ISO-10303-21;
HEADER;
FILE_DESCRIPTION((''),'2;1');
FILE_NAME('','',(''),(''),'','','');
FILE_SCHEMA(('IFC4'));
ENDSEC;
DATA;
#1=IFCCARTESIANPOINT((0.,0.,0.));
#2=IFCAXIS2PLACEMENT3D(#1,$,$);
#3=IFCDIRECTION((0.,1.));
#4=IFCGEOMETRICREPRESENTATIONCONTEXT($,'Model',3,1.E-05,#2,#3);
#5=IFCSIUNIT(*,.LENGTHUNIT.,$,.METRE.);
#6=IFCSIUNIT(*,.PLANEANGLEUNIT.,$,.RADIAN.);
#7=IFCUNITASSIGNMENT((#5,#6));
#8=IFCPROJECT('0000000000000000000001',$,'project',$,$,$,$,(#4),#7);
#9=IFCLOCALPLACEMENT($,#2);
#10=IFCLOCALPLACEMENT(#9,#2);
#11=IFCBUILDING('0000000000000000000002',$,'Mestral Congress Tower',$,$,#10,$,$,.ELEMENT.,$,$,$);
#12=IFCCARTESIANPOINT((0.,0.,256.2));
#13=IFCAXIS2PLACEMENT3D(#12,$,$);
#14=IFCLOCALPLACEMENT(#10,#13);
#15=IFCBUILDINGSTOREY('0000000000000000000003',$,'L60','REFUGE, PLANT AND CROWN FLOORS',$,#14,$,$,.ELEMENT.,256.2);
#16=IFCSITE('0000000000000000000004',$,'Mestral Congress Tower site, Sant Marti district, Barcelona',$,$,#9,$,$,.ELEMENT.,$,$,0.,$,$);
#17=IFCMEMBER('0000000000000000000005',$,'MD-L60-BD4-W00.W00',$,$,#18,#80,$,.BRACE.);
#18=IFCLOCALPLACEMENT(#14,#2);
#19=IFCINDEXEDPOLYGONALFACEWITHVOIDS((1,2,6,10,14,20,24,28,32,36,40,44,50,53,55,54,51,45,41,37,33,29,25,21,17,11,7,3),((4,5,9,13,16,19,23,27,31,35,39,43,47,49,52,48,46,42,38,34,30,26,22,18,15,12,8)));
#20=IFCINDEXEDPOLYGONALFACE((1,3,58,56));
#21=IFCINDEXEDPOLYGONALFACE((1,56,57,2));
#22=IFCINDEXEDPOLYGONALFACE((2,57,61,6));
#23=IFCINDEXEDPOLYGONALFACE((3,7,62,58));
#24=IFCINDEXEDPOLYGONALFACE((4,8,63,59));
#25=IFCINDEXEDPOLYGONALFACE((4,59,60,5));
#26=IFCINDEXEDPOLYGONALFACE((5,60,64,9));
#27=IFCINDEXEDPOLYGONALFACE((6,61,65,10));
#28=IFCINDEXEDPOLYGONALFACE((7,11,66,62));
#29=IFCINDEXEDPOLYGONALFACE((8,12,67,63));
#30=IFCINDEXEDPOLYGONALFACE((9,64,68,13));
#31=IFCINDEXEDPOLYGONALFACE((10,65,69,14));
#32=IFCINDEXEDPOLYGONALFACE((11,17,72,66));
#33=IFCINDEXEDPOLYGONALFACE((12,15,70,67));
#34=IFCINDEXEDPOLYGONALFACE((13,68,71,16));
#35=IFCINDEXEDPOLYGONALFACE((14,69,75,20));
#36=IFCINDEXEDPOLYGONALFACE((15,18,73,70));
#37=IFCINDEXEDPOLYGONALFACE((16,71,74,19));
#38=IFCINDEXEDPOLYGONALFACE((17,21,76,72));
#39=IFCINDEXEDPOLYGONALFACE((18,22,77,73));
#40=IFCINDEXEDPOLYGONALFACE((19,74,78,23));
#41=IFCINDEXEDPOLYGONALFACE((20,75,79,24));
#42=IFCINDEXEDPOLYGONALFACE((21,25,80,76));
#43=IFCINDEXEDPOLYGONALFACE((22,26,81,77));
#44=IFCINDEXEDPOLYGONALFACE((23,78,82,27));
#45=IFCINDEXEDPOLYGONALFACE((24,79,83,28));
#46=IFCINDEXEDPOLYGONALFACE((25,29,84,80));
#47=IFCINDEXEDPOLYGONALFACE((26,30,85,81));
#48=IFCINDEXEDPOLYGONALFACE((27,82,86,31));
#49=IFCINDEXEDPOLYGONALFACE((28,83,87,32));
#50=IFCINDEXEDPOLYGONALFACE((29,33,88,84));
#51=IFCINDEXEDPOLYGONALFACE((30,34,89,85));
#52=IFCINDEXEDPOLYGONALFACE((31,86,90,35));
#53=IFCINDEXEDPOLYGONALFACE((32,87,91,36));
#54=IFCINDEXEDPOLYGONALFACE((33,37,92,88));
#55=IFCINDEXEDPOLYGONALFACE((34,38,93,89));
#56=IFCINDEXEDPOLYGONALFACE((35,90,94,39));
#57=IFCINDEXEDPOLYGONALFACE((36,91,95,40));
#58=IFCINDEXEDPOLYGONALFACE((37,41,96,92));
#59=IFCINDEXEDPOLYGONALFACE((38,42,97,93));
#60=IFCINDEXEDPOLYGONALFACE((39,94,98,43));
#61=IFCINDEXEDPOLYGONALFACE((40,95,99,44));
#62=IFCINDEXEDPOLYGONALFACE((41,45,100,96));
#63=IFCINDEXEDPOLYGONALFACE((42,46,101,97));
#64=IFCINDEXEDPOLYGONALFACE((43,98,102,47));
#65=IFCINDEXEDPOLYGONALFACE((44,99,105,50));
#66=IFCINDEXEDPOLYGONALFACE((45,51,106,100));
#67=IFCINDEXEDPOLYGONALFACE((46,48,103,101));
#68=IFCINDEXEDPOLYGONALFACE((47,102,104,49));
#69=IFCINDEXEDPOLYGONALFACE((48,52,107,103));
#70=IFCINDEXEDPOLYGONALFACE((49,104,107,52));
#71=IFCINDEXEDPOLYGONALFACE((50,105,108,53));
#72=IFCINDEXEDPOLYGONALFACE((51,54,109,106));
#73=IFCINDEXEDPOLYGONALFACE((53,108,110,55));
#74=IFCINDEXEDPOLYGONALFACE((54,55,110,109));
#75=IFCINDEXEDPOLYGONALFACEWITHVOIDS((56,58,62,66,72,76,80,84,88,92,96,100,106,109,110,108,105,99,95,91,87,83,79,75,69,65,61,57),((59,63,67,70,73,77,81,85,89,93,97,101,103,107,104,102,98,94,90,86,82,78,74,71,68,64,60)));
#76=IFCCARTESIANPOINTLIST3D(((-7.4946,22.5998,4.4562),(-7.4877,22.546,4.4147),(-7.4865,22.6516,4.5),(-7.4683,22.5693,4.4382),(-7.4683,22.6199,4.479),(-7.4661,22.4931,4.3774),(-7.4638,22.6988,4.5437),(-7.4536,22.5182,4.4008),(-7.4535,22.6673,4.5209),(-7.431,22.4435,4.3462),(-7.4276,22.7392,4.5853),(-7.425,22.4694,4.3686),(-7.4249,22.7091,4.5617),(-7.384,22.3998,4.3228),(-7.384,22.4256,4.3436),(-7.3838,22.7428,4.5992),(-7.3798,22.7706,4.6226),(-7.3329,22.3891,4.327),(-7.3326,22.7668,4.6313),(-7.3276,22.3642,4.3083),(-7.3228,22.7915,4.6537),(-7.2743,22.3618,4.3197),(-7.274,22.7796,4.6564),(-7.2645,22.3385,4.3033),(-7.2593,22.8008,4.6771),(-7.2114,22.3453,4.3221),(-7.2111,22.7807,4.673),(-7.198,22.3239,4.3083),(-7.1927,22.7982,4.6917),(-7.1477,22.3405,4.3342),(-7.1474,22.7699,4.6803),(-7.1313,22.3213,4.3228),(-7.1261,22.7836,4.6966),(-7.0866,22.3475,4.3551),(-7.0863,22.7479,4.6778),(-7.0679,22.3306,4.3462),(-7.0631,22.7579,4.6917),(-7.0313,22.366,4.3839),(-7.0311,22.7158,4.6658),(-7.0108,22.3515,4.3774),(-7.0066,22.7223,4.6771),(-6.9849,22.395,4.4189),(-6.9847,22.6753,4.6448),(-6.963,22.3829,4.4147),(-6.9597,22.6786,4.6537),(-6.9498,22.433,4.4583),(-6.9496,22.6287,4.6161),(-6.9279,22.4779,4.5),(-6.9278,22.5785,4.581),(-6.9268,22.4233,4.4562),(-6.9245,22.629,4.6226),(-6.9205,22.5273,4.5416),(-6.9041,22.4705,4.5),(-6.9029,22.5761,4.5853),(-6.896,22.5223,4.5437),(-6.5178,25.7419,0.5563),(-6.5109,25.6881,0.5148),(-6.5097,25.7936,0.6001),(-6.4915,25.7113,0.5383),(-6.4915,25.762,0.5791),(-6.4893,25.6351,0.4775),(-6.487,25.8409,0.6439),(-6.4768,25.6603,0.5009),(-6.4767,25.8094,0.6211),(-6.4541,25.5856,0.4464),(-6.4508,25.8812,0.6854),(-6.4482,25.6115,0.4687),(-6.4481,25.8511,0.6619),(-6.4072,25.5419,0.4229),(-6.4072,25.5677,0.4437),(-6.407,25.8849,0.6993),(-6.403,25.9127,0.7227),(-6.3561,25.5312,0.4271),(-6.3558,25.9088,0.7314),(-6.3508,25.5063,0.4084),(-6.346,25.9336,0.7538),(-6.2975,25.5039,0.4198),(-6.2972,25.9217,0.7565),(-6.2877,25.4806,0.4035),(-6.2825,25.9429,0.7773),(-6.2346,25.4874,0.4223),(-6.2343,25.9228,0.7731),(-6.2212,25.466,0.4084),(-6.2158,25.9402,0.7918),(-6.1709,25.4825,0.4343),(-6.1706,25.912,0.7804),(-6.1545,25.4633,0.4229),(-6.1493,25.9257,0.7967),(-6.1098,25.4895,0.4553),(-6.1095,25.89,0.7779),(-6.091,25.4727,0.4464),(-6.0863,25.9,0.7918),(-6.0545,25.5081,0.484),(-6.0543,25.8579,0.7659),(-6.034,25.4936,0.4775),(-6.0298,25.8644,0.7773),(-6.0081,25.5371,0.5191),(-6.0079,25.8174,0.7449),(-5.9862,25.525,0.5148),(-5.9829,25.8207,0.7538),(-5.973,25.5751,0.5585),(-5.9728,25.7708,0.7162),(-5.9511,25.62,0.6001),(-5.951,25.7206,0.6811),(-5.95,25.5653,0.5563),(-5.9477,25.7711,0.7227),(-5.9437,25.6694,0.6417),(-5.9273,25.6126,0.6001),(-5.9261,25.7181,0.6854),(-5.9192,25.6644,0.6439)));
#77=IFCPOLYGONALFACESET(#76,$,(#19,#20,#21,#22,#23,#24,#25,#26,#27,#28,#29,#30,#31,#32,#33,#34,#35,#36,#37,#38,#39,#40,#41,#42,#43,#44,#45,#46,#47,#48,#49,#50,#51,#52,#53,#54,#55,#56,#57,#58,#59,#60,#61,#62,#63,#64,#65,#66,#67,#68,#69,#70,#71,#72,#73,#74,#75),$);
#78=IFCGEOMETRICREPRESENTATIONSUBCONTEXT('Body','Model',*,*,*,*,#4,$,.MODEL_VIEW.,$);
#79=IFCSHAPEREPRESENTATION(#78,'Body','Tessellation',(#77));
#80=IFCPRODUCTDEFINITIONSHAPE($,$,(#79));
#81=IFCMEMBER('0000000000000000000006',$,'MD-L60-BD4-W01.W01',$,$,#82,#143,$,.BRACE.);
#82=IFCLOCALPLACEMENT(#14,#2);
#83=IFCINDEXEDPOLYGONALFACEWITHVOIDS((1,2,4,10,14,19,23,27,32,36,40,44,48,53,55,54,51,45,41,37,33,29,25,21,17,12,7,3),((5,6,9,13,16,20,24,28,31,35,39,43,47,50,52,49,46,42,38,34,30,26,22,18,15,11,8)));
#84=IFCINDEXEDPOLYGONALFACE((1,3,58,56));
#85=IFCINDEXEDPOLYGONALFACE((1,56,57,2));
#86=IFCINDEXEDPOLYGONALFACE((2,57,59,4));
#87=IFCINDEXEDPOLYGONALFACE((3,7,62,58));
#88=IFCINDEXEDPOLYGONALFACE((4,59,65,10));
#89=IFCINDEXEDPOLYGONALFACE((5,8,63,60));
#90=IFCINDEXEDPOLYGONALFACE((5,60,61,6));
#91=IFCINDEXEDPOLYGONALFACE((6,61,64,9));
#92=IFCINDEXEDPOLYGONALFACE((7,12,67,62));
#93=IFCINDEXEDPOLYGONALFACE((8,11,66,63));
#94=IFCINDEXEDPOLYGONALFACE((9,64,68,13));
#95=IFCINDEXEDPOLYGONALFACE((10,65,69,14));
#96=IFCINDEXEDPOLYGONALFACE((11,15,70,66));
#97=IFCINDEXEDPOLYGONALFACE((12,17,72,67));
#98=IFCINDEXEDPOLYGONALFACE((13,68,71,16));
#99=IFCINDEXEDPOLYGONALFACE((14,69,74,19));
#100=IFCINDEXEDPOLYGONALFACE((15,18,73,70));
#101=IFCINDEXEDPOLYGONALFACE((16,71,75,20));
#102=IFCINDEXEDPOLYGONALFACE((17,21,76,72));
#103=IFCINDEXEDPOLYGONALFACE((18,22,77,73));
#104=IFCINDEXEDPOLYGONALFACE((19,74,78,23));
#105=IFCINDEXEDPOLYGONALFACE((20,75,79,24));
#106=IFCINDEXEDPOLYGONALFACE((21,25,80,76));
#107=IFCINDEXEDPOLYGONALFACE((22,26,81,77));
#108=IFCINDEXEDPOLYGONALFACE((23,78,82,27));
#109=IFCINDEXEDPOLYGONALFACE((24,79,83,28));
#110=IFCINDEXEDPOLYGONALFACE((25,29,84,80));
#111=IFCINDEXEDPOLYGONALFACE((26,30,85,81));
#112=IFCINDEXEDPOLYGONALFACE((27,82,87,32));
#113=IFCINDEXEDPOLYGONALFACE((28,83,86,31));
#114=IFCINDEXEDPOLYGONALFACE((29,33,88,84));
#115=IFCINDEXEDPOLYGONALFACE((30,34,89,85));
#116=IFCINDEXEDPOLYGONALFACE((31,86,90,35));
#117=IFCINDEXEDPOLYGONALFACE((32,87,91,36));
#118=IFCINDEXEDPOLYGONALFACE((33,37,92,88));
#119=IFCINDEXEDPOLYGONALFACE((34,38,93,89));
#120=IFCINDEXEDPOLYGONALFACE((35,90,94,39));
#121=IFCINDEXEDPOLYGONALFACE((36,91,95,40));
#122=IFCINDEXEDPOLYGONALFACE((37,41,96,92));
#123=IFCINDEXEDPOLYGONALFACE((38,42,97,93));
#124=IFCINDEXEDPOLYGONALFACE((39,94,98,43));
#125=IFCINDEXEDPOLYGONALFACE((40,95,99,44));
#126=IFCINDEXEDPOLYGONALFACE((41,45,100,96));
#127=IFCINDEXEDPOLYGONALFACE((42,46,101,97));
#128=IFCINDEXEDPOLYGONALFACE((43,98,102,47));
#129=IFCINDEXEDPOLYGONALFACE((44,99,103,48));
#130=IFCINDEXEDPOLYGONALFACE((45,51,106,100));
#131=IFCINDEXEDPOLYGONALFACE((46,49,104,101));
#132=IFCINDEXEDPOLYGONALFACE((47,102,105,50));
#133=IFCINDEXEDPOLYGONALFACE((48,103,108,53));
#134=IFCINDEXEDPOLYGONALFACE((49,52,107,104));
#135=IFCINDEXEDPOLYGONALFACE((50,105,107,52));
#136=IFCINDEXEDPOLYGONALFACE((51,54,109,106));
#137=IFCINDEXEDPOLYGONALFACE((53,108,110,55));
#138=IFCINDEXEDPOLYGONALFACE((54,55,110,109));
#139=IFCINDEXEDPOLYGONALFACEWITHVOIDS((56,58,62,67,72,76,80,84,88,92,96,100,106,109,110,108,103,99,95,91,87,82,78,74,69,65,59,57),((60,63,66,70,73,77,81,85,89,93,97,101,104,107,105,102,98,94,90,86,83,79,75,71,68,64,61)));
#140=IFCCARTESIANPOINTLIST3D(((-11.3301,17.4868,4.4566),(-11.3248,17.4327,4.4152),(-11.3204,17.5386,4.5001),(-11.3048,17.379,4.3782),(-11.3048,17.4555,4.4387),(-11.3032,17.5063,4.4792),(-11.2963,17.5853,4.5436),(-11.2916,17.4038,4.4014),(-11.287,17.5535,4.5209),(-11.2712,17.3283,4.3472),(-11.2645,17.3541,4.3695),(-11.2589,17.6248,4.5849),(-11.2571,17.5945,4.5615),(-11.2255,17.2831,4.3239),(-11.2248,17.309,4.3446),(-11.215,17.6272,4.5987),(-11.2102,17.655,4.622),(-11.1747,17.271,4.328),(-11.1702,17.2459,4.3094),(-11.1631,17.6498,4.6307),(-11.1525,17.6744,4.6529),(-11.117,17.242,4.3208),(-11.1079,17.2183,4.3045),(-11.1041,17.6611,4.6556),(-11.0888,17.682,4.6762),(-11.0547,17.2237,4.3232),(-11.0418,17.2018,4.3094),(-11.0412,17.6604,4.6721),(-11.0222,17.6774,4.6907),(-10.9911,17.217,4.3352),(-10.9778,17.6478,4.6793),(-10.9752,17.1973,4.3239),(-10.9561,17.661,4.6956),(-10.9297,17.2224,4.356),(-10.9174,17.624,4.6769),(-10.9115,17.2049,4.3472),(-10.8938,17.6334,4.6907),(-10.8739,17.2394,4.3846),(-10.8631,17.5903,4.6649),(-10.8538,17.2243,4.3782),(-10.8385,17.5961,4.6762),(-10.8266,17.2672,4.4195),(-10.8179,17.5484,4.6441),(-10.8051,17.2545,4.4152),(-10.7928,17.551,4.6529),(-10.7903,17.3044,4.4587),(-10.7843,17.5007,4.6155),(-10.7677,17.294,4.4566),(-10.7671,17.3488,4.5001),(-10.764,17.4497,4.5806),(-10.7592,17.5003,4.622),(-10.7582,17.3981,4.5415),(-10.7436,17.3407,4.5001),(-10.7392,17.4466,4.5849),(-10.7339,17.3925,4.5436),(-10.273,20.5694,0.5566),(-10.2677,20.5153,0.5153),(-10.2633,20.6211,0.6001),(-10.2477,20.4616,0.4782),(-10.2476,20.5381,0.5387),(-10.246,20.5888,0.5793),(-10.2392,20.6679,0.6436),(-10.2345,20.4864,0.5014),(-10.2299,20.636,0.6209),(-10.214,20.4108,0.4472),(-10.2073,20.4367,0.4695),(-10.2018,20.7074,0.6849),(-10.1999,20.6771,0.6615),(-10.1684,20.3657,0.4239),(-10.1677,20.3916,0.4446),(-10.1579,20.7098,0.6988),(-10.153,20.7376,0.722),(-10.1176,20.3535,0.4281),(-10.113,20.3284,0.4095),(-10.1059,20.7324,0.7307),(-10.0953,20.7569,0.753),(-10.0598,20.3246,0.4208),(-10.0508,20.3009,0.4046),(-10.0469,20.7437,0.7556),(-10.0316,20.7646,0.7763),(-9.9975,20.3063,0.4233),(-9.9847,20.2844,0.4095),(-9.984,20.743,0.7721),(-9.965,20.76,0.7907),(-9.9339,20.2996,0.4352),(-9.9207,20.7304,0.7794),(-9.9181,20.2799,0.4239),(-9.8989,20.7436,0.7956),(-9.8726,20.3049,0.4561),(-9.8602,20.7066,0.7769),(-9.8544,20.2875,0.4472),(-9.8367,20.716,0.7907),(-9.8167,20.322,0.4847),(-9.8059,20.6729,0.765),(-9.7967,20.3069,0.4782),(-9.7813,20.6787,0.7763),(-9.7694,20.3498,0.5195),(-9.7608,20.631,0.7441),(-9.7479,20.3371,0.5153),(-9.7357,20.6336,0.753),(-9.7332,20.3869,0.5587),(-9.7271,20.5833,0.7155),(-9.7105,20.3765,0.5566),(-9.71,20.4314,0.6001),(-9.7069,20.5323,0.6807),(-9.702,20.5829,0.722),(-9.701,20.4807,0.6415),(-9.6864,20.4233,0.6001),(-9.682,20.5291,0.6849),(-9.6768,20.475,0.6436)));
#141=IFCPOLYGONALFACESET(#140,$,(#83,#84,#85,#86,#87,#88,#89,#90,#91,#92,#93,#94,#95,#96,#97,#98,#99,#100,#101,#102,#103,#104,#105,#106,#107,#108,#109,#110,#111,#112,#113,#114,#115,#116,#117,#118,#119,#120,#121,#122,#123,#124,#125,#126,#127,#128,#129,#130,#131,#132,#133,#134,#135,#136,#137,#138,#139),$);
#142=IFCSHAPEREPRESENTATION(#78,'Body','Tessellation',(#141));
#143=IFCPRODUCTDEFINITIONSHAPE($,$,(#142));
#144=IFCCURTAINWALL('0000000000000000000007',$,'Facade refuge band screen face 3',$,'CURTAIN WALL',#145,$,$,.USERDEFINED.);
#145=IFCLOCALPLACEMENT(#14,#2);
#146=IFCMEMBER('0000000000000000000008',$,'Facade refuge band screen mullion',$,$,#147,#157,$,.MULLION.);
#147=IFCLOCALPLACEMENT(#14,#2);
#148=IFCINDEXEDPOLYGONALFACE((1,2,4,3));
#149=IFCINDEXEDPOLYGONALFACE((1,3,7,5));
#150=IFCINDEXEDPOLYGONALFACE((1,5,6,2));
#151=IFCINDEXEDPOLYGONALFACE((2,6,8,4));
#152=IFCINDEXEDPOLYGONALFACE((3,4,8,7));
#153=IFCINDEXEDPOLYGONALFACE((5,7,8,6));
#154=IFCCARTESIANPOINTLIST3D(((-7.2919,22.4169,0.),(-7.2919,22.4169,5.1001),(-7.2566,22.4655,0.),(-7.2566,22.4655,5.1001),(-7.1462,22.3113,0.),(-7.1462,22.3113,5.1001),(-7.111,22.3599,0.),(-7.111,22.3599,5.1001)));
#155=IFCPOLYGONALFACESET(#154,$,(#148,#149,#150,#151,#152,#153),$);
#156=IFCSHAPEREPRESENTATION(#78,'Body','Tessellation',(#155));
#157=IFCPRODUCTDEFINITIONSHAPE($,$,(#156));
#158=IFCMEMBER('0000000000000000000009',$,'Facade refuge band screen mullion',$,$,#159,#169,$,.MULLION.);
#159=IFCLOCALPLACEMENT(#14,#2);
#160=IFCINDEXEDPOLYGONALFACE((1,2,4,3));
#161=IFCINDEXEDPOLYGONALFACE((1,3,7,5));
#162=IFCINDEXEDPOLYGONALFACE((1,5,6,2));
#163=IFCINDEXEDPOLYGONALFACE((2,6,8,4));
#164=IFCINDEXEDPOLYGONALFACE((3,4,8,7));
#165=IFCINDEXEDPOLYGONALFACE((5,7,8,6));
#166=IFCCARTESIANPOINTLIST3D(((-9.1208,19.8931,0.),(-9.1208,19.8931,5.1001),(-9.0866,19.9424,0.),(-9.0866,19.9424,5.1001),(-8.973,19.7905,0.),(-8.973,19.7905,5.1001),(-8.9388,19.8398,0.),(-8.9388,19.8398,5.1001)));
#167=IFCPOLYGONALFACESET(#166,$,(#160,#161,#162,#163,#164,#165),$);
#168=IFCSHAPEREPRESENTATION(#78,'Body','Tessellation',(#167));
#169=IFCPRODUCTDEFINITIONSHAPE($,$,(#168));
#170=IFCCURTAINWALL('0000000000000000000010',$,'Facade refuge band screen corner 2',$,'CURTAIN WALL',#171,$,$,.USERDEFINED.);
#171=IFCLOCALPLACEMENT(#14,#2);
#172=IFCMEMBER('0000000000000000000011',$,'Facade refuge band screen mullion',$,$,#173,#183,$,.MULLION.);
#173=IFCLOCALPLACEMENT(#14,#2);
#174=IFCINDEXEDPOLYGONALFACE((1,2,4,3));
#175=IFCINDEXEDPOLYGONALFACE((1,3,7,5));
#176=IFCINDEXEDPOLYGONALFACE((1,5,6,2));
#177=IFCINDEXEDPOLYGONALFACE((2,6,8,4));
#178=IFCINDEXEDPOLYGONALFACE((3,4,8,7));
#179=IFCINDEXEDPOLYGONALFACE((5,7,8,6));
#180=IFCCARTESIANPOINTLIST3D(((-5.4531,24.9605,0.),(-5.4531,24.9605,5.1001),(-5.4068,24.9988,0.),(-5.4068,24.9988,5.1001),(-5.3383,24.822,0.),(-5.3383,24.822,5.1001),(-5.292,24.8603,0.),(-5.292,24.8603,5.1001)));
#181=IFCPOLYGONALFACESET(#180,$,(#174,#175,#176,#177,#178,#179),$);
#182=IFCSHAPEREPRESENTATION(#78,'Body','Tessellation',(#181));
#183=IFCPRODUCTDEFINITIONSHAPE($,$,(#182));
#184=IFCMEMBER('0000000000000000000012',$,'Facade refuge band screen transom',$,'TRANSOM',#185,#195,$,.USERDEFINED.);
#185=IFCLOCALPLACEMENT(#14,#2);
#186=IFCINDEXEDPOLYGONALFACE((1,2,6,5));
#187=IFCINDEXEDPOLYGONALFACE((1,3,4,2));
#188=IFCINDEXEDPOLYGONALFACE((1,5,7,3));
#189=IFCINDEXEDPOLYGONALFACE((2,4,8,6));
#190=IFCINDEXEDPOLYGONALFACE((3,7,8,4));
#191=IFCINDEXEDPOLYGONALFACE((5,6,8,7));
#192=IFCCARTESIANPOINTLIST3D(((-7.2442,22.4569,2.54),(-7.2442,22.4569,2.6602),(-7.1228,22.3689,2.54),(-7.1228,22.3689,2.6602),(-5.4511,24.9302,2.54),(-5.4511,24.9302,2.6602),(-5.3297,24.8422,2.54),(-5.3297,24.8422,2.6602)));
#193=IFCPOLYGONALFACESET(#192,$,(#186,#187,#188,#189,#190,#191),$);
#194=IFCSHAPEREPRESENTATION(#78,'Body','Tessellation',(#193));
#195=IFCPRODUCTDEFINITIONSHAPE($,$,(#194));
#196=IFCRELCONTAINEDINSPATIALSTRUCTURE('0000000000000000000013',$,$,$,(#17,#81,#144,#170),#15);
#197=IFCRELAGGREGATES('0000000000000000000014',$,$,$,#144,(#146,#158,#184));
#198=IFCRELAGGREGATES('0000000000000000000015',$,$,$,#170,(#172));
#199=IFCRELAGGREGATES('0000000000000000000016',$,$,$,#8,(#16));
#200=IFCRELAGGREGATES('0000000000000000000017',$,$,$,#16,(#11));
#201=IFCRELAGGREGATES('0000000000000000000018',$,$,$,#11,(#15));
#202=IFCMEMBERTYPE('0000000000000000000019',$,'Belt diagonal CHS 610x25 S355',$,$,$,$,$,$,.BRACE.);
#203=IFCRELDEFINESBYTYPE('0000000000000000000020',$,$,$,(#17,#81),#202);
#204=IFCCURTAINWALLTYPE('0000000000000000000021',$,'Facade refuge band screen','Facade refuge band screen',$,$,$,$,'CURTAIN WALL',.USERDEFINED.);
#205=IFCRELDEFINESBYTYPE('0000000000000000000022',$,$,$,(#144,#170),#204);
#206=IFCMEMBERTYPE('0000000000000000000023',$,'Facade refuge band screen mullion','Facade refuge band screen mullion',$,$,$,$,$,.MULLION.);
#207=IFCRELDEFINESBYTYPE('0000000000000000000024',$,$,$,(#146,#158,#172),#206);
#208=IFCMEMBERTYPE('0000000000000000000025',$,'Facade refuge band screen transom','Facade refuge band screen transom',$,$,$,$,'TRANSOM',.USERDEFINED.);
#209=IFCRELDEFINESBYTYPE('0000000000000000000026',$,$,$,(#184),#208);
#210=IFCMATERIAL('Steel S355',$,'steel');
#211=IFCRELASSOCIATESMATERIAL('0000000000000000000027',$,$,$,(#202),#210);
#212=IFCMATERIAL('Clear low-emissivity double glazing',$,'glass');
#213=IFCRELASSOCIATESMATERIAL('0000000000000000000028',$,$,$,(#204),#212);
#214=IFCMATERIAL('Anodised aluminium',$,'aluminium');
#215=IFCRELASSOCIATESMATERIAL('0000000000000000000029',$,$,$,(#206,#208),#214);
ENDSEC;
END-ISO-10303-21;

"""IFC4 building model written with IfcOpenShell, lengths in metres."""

from ifc_helpers import new_model, si_unit, direction, frame, origin, origin_2d, place, context, subcontext, project, spatial, rectangle, hollow_circle, extrude, material, material_profile, profile_set, type_object, element, aggregate, save


model = new_model("IFC4")

# Units and contexts
model_context = context("Model", 3, precision=1e-05, world=origin(), true_north=direction((0.0, 1.0)))
body_context = subcontext(model_context, "Body", "Model", "MODEL_VIEW")
ifc_project = project(units=[si_unit("LENGTHUNIT", "METRE"), si_unit("PLANEANGLEUNIT", "RADIAN")], contexts=[model_context])

# Site, building, storey
site_placement = place(None, origin())
site = spatial("IfcSite", under=ifc_project, at=site_placement, Name="Mestral Congress Tower site, Sant Marti district, Barcelona", CompositionType="ELEMENT", RefElevation=0.0)
building_placement = place(site_placement, origin())
building = spatial("IfcBuilding", under=site, at=building_placement, Name="Mestral Congress Tower", CompositionType="ELEMENT")
storey_placement = place(building_placement, frame((0.0, 0.0, 256.2)))
storey = spatial("IfcBuildingStorey", under=building, at=storey_placement, Name="L60", Description="REFUGE, PLANT AND CROWN FLOORS", CompositionType="ELEMENT", Elevation=256.2)

# Members
ifc_material_1 = material(Name="Steel S355", Category="steel")
ifc_material_profile_1 = material_profile(ifc_material_1, hollow_circle(Radius=0.3049, WallThickness=0.0249, at=origin_2d()), Name="CHS 610x25")
ifc_profile_set_1 = profile_set([ifc_material_profile_1], Name="Steel S355")
member_type_1 = type_object("IfcMemberType", Name="Belt diagonal CHS 610x25 S355", PredefinedType="BRACE", material=ifc_profile_set_1)
member_1_placement = place(storey_placement, frame((-6.2185, 25.7031, 0.6001), z_axis=(-0.191435, -0.615787, 0.764303), x_axis=(0.95492, -0.296864, 0.0)))
element("IfcMember", 1, at=member_1_placement, inside=storey, type_object=member_type_1, Name="MD-L60-BD4-W00.W00", PredefinedType="BRACE", context=body_context, shape_type="SweptSolid", body=[
    extrude(hollow_circle(Radius=0.3049, WallThickness=0.0249, at=origin_2d()), origin(), (0.0, 0.0, 1.0), 5.1025),
])
member_2_placement = place(storey_placement, frame((-9.9749, 20.5222, 0.6001), z_axis=(-0.208006, -0.606533, 0.767366), x_axis=(0.945921, -0.324397, 0.0)))
element("IfcMember", 2, at=member_2_placement, inside=storey, type_object=member_type_1, Name="MD-L60-BD4-W01.W01", PredefinedType="BRACE", context=body_context, shape_type="SweptSolid", body=[
    extrude(hollow_circle(Radius=0.3049, WallThickness=0.0249, at=origin_2d()), origin(), (0.0, 0.0, 1.0), 5.0823),
])

# Curtain wall, members
ifc_material_2 = material(Name="Clear low-emissivity double glazing", Category="glass")
curtain_wall_type = type_object("IfcCurtainWallType", Name="Facade refuge band screen", Description="Facade refuge band screen", ElementType="CURTAIN WALL", PredefinedType="USERDEFINED", material=ifc_material_2)
placement = place(storey_placement, origin())
curtain_wall_1 = element("IfcCurtainWall", 3, at=placement, inside=storey, type_object=curtain_wall_type, Name="Facade refuge band screen face 3", ObjectType="CURTAIN WALL", PredefinedType="USERDEFINED")
ifc_material_3 = material(Name="Anodised aluminium", Category="aluminium")
ifc_material_profile_2 = material_profile(ifc_material_3, rectangle(XDim=0.1799, YDim=0.0601, at=origin_2d()), Name="CW3 mullion 180 x 60")
ifc_profile_set_2 = profile_set([ifc_material_profile_2], Name="Anodised aluminium")
member_type_2 = type_object("IfcMemberType", Name="Facade refuge band screen mullion", Description="Facade refuge band screen mullion", PredefinedType="MULLION", material=ifc_profile_set_2)
member_3_placement = place(storey_placement, frame((-7.2014, 22.3884, 0.0), z_axis=(0.0, 0.0, 1.0), x_axis=(-0.80958, 0.58701, 0.0)))
member_3 = element("IfcMember", 4, at=member_3_placement, type_object=member_type_2, Name="Facade refuge band screen mullion", PredefinedType="MULLION", context=body_context, shape_type="SweptSolid", body=[
    extrude(rectangle(XDim=0.1799, YDim=0.0601, at=origin_2d()), origin(), (0.0, 0.0, 1.0), 5.1001),
])
member_4_placement = place(storey_placement, frame((-9.0298, 19.8665, 0.0), z_axis=(0.0, 0.0, 1.0), x_axis=(-0.821586, 0.570084, 0.0)))
member_4 = element("IfcMember", 5, at=member_4_placement, type_object=member_type_2, Name="Facade refuge band screen mullion", PredefinedType="MULLION", context=body_context, shape_type="SweptSolid", body=[
    extrude(rectangle(XDim=0.1799, YDim=0.0601, at=origin_2d()), origin(), (0.0, 0.0, 1.0), 5.1001),
])

# Curtain wall, member
curtain_wall_2 = element("IfcCurtainWall", 6, at=placement, inside=storey, type_object=curtain_wall_type, Name="Facade refuge band screen corner 2", ObjectType="CURTAIN WALL", PredefinedType="USERDEFINED")
member_5_placement = place(storey_placement, frame((-5.3726, 24.9104, 0.0), z_axis=(0.0, 0.0, 1.0), x_axis=(-0.638088, 0.769963, 0.0)))
member_5 = element("IfcMember", 7, at=member_5_placement, type_object=member_type_2, Name="Facade refuge band screen mullion", PredefinedType="MULLION", context=body_context, shape_type="SweptSolid", body=[
    extrude(rectangle(XDim=0.1799, YDim=0.0601, at=origin_2d()), origin(), (0.0, 0.0, 1.0), 5.1001),
])

# Member
ifc_material_profile_3 = material_profile(ifc_material_3, rectangle(XDim=0.1499, YDim=0.1201, at=origin_2d()), Name="CW3 transom 150 x 120")
ifc_profile_set_3 = profile_set([ifc_material_profile_3], Name="Anodised aluminium")
member_type_3 = type_object("IfcMemberType", Name="Facade refuge band screen transom", Description="Facade refuge band screen transom", ElementType="TRANSOM", PredefinedType="USERDEFINED", material=ifc_profile_set_3)
member_6_placement = place(storey_placement, frame((-5.3904, 24.8862, 2.6001), z_axis=(-0.586969, -0.809609, 0.0), x_axis=(0.809609, -0.586969, 0.0)))
member_6 = element("IfcMember", 8, at=member_6_placement, type_object=member_type_3, Name="Facade refuge band screen transom", ObjectType="TRANSOM", PredefinedType="USERDEFINED", context=body_context, shape_type="SweptSolid", body=[
    extrude(rectangle(XDim=0.1499, YDim=0.1201, at=origin_2d()), origin(), (0.0, 0.0, 1.0), 3.0549),
])

aggregate(curtain_wall_1, [member_3, member_4, member_6])

aggregate(curtain_wall_2, [member_5])

save(model, "model.ifc")
